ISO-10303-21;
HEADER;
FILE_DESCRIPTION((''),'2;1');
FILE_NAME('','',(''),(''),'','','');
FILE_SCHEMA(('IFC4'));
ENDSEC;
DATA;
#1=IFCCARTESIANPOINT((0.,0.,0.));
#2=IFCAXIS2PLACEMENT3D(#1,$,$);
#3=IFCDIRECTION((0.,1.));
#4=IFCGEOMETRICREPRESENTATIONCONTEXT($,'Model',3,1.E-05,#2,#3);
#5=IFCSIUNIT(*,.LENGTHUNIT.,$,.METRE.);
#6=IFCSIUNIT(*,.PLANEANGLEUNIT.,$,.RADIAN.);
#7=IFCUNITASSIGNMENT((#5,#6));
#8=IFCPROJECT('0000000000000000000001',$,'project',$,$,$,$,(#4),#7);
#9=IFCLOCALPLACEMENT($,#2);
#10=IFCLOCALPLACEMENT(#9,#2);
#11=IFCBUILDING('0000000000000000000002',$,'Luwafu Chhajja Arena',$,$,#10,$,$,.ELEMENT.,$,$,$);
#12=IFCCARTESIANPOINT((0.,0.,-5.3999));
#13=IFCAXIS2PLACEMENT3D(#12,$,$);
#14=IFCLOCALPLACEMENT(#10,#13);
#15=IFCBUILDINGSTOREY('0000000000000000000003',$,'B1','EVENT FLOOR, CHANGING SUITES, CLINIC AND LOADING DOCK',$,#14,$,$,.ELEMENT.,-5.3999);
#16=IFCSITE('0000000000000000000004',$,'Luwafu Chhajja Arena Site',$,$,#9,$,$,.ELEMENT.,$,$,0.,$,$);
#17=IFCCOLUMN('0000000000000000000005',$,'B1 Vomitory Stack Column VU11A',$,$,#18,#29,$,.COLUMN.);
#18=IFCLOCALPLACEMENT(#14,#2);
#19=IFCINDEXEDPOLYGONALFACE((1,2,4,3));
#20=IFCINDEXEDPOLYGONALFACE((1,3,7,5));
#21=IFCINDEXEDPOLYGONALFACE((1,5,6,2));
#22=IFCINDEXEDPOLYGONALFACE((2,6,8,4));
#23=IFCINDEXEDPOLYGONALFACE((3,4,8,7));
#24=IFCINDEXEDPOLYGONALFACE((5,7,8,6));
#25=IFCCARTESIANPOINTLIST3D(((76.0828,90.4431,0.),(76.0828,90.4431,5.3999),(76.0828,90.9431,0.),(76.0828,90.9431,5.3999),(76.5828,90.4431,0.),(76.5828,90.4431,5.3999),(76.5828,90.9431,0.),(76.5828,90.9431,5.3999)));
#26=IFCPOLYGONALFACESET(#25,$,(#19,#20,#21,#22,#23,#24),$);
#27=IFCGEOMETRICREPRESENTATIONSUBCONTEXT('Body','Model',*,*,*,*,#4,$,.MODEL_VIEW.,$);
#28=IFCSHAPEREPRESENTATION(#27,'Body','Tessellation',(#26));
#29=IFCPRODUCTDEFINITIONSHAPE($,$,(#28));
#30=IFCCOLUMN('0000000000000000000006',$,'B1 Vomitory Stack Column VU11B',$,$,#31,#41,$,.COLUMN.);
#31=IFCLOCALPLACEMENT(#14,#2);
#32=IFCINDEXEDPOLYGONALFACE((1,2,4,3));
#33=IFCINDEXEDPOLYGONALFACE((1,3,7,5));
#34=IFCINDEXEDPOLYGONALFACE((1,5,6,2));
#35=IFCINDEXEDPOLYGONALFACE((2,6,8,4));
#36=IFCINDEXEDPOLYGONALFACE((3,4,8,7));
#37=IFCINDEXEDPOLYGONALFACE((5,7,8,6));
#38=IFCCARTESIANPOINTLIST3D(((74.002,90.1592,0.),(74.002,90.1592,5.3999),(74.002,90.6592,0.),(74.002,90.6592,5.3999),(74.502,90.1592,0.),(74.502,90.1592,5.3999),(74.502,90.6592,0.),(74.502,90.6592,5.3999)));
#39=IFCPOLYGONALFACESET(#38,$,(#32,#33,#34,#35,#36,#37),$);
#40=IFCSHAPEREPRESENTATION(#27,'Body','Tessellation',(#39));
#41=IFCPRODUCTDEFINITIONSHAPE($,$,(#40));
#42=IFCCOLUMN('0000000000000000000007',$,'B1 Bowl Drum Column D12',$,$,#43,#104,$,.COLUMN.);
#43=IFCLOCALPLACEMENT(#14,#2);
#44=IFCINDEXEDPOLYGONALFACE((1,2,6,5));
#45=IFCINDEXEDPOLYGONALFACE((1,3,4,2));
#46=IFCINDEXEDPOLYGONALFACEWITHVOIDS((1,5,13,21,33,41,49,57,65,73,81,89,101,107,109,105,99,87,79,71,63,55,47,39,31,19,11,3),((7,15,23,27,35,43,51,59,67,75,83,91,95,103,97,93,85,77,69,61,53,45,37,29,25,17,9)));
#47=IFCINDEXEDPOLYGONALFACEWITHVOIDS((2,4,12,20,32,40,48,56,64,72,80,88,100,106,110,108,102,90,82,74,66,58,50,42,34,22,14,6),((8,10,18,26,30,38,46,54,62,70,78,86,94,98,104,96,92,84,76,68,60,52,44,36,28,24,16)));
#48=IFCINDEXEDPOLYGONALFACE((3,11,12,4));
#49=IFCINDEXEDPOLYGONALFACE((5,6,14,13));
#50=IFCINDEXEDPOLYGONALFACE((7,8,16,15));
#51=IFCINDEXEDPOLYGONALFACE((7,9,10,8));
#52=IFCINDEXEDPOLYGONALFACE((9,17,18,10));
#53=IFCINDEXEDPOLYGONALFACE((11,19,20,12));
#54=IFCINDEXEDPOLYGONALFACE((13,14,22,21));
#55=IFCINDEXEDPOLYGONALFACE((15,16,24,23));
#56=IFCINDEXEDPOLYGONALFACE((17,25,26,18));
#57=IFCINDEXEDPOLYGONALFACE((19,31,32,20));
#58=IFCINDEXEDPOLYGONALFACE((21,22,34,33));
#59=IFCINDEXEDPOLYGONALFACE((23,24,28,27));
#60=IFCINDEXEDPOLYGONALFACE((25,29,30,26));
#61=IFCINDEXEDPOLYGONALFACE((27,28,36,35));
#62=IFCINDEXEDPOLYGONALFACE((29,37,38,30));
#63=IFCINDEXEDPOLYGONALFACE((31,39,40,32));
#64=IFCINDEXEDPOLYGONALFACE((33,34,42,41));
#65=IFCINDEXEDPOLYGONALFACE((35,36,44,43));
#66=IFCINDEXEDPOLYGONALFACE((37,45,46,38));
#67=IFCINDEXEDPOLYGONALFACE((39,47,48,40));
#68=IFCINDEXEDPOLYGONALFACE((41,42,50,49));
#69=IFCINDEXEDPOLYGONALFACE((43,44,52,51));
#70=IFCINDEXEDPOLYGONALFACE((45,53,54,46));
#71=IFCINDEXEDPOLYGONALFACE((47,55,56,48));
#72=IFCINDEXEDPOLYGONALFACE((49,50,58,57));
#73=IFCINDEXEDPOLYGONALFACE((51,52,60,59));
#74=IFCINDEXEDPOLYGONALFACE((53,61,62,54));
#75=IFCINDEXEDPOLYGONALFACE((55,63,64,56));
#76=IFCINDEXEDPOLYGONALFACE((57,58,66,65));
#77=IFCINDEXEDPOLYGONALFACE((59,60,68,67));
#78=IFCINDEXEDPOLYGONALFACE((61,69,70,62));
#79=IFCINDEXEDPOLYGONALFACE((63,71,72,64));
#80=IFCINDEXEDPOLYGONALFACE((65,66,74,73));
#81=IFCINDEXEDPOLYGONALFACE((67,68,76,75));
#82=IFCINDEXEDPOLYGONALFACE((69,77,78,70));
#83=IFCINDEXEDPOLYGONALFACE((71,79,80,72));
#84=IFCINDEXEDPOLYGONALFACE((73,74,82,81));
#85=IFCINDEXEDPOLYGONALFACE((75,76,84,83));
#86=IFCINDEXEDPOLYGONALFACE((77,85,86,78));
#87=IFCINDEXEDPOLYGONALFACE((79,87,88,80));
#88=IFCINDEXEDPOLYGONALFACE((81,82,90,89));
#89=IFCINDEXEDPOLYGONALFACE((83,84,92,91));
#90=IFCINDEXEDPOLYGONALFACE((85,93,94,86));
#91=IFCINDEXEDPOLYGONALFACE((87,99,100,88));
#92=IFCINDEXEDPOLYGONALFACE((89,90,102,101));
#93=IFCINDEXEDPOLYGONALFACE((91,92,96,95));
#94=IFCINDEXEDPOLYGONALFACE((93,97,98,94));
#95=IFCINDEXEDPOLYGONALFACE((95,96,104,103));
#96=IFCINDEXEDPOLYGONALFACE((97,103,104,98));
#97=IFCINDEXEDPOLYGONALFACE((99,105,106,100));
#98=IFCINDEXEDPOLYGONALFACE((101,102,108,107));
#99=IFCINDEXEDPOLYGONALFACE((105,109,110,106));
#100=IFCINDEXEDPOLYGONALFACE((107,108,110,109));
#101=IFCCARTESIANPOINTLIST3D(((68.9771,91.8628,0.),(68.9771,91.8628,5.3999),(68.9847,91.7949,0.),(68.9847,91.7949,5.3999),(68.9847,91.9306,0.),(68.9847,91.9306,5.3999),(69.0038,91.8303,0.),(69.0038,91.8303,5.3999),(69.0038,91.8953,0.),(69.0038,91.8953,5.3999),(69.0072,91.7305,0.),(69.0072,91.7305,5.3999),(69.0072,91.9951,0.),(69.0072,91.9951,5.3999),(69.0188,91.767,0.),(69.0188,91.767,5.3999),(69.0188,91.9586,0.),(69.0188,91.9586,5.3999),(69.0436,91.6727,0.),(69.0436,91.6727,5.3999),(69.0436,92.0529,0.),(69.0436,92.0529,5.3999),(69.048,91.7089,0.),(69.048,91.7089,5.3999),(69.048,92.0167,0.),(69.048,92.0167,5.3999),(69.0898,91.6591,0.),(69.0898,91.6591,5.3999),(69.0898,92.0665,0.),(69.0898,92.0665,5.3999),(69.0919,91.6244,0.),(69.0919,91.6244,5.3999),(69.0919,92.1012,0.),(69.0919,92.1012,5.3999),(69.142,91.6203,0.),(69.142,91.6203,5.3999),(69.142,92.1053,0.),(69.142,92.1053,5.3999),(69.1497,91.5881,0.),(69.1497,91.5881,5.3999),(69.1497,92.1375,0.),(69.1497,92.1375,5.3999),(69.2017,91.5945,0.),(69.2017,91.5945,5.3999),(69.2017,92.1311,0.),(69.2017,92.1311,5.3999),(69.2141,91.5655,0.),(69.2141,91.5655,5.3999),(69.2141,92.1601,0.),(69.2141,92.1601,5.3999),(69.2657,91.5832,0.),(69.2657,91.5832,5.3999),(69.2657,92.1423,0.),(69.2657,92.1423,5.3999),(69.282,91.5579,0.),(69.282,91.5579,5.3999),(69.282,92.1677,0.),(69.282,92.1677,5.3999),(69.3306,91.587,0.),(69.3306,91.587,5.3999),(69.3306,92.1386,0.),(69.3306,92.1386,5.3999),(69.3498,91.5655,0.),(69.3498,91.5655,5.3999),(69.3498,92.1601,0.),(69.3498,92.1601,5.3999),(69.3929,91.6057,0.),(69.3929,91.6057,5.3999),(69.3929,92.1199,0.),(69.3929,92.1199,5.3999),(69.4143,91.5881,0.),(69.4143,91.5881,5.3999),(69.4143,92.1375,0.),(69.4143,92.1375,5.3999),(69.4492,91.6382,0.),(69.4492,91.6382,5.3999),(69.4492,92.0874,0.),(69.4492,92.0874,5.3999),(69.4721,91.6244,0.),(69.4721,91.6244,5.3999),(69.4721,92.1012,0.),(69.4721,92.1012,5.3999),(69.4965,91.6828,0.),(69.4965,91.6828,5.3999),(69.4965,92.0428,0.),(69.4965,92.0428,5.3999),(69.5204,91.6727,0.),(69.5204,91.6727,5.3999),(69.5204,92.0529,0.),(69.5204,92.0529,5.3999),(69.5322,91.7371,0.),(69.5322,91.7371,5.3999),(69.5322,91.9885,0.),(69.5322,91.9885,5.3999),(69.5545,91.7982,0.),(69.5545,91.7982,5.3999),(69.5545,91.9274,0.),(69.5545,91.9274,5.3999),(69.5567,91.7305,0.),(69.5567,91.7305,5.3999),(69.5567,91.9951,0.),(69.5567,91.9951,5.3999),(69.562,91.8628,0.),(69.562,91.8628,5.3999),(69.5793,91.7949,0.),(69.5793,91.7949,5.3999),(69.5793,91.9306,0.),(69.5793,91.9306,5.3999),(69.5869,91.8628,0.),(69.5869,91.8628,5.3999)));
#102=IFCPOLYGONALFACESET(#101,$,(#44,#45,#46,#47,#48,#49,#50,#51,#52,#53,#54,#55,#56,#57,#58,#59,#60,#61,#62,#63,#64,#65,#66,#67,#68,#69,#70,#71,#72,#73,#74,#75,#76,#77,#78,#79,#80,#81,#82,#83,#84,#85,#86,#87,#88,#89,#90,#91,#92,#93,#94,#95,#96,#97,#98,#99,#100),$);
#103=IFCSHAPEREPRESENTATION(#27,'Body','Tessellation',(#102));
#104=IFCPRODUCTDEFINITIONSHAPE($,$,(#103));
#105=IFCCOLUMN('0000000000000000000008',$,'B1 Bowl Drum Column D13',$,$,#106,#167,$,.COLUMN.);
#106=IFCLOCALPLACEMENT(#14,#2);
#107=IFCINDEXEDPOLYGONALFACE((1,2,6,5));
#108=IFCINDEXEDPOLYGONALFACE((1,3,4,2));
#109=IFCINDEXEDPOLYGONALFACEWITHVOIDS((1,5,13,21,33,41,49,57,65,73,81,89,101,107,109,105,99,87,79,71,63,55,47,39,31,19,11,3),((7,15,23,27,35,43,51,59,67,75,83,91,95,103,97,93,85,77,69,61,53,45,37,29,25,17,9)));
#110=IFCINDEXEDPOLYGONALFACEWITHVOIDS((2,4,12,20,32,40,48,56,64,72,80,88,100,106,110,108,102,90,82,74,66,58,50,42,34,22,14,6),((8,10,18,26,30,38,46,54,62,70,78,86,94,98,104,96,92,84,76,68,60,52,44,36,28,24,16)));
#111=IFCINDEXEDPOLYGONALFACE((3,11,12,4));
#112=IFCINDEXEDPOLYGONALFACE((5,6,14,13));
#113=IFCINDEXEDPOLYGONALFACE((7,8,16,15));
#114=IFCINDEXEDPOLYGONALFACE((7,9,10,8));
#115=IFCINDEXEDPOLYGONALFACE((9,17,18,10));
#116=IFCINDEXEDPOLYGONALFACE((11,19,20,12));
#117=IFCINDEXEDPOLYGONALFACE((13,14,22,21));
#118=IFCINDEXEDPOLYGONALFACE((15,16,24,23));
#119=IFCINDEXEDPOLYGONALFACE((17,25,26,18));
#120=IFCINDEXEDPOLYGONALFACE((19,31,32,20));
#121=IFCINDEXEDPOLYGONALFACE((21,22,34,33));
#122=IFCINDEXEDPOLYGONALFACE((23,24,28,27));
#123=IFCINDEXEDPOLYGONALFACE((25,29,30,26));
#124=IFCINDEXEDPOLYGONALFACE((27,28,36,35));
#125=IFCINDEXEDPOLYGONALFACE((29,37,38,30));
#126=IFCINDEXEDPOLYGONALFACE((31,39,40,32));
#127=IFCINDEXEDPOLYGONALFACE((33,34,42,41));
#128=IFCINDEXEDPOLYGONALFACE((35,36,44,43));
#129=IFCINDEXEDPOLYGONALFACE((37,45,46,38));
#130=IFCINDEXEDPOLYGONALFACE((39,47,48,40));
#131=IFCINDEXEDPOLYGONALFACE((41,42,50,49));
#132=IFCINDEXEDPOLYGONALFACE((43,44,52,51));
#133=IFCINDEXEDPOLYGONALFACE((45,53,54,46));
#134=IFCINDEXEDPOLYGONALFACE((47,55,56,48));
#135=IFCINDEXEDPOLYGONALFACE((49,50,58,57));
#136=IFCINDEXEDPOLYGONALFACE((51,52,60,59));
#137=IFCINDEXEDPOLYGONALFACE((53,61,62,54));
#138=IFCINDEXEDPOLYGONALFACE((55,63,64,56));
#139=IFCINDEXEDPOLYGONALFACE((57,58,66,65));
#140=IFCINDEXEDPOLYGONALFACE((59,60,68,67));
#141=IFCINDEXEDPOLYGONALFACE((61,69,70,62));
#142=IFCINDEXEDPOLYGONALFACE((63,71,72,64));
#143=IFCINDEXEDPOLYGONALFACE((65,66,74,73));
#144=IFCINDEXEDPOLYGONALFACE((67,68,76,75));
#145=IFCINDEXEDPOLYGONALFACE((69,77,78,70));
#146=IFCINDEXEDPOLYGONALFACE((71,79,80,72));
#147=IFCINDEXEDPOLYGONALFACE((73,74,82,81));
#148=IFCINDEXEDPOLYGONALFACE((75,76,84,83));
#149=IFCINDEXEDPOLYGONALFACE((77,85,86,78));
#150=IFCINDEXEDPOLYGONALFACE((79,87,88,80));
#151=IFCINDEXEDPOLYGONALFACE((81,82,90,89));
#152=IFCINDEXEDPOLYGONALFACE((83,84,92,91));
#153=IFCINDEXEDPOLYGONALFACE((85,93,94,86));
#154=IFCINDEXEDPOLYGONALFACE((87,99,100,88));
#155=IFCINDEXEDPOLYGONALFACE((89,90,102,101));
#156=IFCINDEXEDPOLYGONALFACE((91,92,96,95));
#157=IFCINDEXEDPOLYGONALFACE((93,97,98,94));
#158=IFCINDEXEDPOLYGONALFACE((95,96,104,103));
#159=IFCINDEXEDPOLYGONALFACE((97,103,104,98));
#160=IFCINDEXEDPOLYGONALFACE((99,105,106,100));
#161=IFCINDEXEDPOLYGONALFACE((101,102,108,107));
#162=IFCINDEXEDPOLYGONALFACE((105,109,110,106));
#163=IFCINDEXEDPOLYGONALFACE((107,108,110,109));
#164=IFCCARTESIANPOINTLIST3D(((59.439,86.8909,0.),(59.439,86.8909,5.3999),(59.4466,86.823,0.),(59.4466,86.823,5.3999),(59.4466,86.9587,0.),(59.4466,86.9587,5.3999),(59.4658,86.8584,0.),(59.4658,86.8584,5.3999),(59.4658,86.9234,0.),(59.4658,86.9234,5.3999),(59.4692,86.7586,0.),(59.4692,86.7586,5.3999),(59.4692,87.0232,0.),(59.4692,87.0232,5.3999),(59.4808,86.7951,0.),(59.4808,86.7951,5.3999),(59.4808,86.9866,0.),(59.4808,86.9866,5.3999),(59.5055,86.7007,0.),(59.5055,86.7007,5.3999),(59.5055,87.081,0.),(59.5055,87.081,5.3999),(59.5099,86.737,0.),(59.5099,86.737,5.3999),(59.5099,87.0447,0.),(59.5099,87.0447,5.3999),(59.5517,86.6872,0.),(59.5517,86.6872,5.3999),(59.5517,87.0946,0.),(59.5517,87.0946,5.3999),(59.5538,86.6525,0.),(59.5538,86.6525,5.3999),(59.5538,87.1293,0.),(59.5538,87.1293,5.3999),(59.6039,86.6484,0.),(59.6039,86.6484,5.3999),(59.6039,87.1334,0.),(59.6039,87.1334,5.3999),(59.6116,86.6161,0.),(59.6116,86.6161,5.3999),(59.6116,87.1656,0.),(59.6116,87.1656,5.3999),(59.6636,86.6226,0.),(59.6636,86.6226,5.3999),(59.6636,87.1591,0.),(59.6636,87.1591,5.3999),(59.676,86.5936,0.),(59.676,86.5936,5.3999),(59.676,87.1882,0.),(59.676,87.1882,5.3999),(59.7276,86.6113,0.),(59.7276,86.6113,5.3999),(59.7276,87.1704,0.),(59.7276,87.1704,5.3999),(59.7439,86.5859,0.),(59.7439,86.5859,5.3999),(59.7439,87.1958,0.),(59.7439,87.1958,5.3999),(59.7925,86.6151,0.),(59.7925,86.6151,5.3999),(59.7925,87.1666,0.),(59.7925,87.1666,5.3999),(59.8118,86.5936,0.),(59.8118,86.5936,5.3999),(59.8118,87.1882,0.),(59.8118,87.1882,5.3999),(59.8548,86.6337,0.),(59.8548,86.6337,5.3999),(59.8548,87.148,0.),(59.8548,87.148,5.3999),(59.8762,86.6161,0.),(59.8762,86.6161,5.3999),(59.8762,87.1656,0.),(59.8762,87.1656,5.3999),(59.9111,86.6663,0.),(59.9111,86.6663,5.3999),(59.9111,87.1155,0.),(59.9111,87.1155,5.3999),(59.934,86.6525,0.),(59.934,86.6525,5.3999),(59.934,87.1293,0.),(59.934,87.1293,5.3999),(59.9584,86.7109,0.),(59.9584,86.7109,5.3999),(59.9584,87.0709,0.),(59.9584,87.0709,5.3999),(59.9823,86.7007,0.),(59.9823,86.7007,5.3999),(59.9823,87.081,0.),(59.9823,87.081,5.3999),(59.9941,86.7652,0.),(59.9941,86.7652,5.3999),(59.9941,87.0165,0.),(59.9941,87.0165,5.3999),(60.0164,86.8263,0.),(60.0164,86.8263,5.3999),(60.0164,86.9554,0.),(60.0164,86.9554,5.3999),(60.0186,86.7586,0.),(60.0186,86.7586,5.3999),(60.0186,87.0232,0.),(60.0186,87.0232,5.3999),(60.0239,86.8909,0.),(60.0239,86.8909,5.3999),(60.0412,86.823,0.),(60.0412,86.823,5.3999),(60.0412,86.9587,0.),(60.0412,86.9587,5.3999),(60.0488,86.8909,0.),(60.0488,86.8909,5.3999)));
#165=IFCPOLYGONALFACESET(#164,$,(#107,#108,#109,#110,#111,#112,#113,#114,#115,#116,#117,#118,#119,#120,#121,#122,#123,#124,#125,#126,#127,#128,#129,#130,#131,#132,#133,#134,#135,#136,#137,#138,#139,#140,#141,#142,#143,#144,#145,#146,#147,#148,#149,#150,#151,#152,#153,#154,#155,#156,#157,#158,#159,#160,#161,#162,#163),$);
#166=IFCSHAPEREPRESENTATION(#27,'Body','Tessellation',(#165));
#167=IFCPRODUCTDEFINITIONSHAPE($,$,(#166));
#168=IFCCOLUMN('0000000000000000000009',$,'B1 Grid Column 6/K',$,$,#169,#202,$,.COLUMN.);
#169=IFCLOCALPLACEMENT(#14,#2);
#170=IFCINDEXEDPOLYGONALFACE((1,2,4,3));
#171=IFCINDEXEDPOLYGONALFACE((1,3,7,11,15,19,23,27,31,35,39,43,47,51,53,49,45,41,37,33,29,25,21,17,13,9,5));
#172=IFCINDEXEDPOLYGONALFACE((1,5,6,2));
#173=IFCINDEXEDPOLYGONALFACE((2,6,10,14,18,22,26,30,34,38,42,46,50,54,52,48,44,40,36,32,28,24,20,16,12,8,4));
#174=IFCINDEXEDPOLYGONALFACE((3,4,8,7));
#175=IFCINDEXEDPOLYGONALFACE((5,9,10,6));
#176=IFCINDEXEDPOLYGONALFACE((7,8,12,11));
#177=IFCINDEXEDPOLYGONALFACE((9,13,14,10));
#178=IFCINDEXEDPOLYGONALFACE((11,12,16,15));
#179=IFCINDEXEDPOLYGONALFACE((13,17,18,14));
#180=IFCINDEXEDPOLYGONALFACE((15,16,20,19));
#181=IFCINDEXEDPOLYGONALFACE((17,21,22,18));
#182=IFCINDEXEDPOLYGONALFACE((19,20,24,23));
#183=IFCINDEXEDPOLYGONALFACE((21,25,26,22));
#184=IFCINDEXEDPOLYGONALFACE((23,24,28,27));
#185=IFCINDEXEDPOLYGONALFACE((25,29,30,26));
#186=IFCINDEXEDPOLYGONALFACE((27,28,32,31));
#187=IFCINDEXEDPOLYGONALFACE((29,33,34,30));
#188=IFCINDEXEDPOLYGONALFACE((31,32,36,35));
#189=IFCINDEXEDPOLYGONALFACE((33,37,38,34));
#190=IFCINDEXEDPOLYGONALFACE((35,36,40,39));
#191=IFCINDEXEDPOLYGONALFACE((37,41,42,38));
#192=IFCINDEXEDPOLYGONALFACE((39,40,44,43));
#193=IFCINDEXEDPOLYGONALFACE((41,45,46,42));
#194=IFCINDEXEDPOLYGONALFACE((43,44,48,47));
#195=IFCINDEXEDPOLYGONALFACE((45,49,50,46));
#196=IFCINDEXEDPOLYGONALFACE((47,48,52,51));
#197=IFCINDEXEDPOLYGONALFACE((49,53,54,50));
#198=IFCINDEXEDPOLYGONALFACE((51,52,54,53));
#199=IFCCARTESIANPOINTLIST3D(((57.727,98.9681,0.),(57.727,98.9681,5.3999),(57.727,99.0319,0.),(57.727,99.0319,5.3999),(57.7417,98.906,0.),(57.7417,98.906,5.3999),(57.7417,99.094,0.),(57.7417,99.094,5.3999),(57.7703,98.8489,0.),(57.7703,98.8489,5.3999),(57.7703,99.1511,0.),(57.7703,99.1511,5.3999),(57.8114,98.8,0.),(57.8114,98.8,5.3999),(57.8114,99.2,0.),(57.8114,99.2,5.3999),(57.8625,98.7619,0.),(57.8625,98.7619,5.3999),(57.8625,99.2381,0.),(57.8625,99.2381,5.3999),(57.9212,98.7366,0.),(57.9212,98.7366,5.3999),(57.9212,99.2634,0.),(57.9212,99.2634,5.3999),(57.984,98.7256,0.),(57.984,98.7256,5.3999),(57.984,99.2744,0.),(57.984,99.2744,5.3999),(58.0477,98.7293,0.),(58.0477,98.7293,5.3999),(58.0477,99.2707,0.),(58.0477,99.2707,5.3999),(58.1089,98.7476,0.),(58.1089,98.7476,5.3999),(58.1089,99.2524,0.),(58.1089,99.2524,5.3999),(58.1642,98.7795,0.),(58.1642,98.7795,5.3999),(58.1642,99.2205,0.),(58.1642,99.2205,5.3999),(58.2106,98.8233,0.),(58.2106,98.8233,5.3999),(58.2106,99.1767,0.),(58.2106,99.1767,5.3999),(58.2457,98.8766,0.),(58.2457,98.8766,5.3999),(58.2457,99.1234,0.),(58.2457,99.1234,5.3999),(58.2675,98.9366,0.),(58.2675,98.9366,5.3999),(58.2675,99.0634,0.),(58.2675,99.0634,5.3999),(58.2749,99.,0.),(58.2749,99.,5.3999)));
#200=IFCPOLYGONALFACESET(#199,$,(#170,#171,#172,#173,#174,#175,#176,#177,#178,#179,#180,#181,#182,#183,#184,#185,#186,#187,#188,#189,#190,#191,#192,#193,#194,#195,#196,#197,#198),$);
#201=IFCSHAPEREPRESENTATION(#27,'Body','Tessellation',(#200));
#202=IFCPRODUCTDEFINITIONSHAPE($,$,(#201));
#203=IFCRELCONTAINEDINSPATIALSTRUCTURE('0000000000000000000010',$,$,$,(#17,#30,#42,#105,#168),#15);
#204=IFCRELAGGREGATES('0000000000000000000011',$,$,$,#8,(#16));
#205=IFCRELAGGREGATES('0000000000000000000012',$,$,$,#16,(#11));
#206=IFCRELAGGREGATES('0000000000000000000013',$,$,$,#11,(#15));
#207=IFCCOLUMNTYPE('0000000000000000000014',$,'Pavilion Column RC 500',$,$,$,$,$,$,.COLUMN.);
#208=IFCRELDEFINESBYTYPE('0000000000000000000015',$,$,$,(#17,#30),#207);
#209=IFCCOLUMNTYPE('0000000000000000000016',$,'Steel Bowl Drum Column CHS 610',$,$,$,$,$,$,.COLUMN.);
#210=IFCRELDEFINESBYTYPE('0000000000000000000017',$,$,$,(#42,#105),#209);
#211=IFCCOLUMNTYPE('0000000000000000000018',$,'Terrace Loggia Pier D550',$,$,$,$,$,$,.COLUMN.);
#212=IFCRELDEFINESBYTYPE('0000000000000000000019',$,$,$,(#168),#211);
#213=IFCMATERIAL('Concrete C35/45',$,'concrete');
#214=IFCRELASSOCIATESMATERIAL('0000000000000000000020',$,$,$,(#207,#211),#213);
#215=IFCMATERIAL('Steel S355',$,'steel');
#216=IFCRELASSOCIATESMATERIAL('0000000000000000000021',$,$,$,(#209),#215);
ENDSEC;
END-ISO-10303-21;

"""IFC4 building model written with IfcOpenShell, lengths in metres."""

from ifc_helpers import new_model, si_unit, direction, frame, origin, origin_2d, place, context, subcontext, project, spatial, rectangle, circle, hollow_circle, extrude, material, material_profile, profile_set, type_object, element, save


model = new_model("IFC4")

# Units and contexts
model_context = context("Model", 3, precision=1e-05, world=origin(), true_north=direction((0.0, 1.0)))
body_context = subcontext(model_context, "Body", "Model", "MODEL_VIEW")
ifc_project = project(units=[si_unit("LENGTHUNIT", "METRE"), si_unit("PLANEANGLEUNIT", "RADIAN")], contexts=[model_context])

# Site, building, storey
site_placement = place(None, origin())
site = spatial("IfcSite", under=ifc_project, at=site_placement, Name="Luwafu Chhajja Arena Site", CompositionType="ELEMENT", RefElevation=0.0)
building_placement = place(site_placement, origin())
building = spatial("IfcBuilding", under=site, at=building_placement, Name="Luwafu Chhajja Arena", CompositionType="ELEMENT")
storey_placement = place(building_placement, frame((0.0, 0.0, -5.3999)))
storey = spatial("IfcBuildingStorey", under=building, at=storey_placement, Name="B1", Description="EVENT FLOOR, CHANGING SUITES, CLINIC AND LOADING DOCK", CompositionType="ELEMENT", Elevation=-5.3999)

# Shared definitions
ifc_material_1 = material(Name="Concrete C35/45", Category="concrete")

# Columns
ifc_material_profile_1 = material_profile(ifc_material_1, rectangle(XDim=0.5, YDim=0.5, at=origin_2d()), Name="RC 500x500")
ifc_profile_set_1 = profile_set([ifc_material_profile_1], Name="Concrete C35/45")
column_type_1 = type_object("IfcColumnType", Name="Pavilion Column RC 500", PredefinedType="COLUMN", material=ifc_profile_set_1)
for number, where, z_axis, x_axis, name in (
    (1, (76.3328, 90.6931, 0.0), (0.0, 0.0, 1.0), (1.0, 0.0, 0.0), "B1 Vomitory Stack Column VU11A"),
    (2, (74.252, 90.4092, 0.0), (0.0, 0.0, 1.0), (1.0, 0.0, 0.0), "B1 Vomitory Stack Column VU11B"),
):
    element("IfcColumn", number, at=place(storey_placement, frame(where, z_axis=z_axis, x_axis=x_axis)), inside=storey, type_object=column_type_1, Name=name, PredefinedType="COLUMN", context=body_context, shape_type="SweptSolid", body=[
        extrude(rectangle(XDim=0.5, YDim=0.5, at=origin_2d()), origin(), (0.0, 0.0, 1.0), 5.3999),
    ])
ifc_material_2 = material(Name="Steel S355", Category="steel")
ifc_material_profile_2 = material_profile(ifc_material_2, hollow_circle(Radius=0.3049, WallThickness=0.0249, at=origin_2d()), Name="CHS 610x25")
ifc_profile_set_2 = profile_set([ifc_material_profile_2], Name="Steel S355")
column_type_2 = type_object("IfcColumnType", Name="Steel Bowl Drum Column CHS 610", PredefinedType="COLUMN", material=ifc_profile_set_2)
for number, where, z_axis, x_axis, name in (
    (3, (69.282, 91.8628, 0.0), (0.0, 0.0, 1.0), (1.0, 0.0, 0.0), "B1 Bowl Drum Column D12"),
    (4, (59.7439, 86.8909, 0.0), (0.0, 0.0, 1.0), (1.0, 0.0, 0.0), "B1 Bowl Drum Column D13"),
):
    element("IfcColumn", number, at=place(storey_placement, frame(where, z_axis=z_axis, x_axis=x_axis)), inside=storey, type_object=column_type_2, Name=name, PredefinedType="COLUMN", context=body_context, shape_type="SweptSolid", body=[
        extrude(hollow_circle(Radius=0.3049, WallThickness=0.0249, at=origin_2d()), origin(), (0.0, 0.0, 1.0), 5.3999),
    ])
ifc_material_profile_3 = material_profile(ifc_material_1, circle(Radius=0.2749, at=origin_2d()), Name="RC COL D550")
ifc_profile_set_3 = profile_set([ifc_material_profile_3], Name="Concrete C35/45")
column_type_3 = type_object("IfcColumnType", Name="Terrace Loggia Pier D550", PredefinedType="COLUMN", material=ifc_profile_set_3)
column_1_placement = place(storey_placement, frame((58.0, 99.0, 0.0), z_axis=(0.0, 0.0, 1.0), x_axis=(1.0, 0.0, 0.0)))
element("IfcColumn", 5, at=column_1_placement, inside=storey, type_object=column_type_3, Name="B1 Grid Column 6/K", PredefinedType="COLUMN", context=body_context, shape_type="SweptSolid", body=[
    extrude(circle(Radius=0.2749, at=origin_2d()), origin(), (0.0, 0.0, 1.0), 5.3999),
])

save(model, "model.ifc")
